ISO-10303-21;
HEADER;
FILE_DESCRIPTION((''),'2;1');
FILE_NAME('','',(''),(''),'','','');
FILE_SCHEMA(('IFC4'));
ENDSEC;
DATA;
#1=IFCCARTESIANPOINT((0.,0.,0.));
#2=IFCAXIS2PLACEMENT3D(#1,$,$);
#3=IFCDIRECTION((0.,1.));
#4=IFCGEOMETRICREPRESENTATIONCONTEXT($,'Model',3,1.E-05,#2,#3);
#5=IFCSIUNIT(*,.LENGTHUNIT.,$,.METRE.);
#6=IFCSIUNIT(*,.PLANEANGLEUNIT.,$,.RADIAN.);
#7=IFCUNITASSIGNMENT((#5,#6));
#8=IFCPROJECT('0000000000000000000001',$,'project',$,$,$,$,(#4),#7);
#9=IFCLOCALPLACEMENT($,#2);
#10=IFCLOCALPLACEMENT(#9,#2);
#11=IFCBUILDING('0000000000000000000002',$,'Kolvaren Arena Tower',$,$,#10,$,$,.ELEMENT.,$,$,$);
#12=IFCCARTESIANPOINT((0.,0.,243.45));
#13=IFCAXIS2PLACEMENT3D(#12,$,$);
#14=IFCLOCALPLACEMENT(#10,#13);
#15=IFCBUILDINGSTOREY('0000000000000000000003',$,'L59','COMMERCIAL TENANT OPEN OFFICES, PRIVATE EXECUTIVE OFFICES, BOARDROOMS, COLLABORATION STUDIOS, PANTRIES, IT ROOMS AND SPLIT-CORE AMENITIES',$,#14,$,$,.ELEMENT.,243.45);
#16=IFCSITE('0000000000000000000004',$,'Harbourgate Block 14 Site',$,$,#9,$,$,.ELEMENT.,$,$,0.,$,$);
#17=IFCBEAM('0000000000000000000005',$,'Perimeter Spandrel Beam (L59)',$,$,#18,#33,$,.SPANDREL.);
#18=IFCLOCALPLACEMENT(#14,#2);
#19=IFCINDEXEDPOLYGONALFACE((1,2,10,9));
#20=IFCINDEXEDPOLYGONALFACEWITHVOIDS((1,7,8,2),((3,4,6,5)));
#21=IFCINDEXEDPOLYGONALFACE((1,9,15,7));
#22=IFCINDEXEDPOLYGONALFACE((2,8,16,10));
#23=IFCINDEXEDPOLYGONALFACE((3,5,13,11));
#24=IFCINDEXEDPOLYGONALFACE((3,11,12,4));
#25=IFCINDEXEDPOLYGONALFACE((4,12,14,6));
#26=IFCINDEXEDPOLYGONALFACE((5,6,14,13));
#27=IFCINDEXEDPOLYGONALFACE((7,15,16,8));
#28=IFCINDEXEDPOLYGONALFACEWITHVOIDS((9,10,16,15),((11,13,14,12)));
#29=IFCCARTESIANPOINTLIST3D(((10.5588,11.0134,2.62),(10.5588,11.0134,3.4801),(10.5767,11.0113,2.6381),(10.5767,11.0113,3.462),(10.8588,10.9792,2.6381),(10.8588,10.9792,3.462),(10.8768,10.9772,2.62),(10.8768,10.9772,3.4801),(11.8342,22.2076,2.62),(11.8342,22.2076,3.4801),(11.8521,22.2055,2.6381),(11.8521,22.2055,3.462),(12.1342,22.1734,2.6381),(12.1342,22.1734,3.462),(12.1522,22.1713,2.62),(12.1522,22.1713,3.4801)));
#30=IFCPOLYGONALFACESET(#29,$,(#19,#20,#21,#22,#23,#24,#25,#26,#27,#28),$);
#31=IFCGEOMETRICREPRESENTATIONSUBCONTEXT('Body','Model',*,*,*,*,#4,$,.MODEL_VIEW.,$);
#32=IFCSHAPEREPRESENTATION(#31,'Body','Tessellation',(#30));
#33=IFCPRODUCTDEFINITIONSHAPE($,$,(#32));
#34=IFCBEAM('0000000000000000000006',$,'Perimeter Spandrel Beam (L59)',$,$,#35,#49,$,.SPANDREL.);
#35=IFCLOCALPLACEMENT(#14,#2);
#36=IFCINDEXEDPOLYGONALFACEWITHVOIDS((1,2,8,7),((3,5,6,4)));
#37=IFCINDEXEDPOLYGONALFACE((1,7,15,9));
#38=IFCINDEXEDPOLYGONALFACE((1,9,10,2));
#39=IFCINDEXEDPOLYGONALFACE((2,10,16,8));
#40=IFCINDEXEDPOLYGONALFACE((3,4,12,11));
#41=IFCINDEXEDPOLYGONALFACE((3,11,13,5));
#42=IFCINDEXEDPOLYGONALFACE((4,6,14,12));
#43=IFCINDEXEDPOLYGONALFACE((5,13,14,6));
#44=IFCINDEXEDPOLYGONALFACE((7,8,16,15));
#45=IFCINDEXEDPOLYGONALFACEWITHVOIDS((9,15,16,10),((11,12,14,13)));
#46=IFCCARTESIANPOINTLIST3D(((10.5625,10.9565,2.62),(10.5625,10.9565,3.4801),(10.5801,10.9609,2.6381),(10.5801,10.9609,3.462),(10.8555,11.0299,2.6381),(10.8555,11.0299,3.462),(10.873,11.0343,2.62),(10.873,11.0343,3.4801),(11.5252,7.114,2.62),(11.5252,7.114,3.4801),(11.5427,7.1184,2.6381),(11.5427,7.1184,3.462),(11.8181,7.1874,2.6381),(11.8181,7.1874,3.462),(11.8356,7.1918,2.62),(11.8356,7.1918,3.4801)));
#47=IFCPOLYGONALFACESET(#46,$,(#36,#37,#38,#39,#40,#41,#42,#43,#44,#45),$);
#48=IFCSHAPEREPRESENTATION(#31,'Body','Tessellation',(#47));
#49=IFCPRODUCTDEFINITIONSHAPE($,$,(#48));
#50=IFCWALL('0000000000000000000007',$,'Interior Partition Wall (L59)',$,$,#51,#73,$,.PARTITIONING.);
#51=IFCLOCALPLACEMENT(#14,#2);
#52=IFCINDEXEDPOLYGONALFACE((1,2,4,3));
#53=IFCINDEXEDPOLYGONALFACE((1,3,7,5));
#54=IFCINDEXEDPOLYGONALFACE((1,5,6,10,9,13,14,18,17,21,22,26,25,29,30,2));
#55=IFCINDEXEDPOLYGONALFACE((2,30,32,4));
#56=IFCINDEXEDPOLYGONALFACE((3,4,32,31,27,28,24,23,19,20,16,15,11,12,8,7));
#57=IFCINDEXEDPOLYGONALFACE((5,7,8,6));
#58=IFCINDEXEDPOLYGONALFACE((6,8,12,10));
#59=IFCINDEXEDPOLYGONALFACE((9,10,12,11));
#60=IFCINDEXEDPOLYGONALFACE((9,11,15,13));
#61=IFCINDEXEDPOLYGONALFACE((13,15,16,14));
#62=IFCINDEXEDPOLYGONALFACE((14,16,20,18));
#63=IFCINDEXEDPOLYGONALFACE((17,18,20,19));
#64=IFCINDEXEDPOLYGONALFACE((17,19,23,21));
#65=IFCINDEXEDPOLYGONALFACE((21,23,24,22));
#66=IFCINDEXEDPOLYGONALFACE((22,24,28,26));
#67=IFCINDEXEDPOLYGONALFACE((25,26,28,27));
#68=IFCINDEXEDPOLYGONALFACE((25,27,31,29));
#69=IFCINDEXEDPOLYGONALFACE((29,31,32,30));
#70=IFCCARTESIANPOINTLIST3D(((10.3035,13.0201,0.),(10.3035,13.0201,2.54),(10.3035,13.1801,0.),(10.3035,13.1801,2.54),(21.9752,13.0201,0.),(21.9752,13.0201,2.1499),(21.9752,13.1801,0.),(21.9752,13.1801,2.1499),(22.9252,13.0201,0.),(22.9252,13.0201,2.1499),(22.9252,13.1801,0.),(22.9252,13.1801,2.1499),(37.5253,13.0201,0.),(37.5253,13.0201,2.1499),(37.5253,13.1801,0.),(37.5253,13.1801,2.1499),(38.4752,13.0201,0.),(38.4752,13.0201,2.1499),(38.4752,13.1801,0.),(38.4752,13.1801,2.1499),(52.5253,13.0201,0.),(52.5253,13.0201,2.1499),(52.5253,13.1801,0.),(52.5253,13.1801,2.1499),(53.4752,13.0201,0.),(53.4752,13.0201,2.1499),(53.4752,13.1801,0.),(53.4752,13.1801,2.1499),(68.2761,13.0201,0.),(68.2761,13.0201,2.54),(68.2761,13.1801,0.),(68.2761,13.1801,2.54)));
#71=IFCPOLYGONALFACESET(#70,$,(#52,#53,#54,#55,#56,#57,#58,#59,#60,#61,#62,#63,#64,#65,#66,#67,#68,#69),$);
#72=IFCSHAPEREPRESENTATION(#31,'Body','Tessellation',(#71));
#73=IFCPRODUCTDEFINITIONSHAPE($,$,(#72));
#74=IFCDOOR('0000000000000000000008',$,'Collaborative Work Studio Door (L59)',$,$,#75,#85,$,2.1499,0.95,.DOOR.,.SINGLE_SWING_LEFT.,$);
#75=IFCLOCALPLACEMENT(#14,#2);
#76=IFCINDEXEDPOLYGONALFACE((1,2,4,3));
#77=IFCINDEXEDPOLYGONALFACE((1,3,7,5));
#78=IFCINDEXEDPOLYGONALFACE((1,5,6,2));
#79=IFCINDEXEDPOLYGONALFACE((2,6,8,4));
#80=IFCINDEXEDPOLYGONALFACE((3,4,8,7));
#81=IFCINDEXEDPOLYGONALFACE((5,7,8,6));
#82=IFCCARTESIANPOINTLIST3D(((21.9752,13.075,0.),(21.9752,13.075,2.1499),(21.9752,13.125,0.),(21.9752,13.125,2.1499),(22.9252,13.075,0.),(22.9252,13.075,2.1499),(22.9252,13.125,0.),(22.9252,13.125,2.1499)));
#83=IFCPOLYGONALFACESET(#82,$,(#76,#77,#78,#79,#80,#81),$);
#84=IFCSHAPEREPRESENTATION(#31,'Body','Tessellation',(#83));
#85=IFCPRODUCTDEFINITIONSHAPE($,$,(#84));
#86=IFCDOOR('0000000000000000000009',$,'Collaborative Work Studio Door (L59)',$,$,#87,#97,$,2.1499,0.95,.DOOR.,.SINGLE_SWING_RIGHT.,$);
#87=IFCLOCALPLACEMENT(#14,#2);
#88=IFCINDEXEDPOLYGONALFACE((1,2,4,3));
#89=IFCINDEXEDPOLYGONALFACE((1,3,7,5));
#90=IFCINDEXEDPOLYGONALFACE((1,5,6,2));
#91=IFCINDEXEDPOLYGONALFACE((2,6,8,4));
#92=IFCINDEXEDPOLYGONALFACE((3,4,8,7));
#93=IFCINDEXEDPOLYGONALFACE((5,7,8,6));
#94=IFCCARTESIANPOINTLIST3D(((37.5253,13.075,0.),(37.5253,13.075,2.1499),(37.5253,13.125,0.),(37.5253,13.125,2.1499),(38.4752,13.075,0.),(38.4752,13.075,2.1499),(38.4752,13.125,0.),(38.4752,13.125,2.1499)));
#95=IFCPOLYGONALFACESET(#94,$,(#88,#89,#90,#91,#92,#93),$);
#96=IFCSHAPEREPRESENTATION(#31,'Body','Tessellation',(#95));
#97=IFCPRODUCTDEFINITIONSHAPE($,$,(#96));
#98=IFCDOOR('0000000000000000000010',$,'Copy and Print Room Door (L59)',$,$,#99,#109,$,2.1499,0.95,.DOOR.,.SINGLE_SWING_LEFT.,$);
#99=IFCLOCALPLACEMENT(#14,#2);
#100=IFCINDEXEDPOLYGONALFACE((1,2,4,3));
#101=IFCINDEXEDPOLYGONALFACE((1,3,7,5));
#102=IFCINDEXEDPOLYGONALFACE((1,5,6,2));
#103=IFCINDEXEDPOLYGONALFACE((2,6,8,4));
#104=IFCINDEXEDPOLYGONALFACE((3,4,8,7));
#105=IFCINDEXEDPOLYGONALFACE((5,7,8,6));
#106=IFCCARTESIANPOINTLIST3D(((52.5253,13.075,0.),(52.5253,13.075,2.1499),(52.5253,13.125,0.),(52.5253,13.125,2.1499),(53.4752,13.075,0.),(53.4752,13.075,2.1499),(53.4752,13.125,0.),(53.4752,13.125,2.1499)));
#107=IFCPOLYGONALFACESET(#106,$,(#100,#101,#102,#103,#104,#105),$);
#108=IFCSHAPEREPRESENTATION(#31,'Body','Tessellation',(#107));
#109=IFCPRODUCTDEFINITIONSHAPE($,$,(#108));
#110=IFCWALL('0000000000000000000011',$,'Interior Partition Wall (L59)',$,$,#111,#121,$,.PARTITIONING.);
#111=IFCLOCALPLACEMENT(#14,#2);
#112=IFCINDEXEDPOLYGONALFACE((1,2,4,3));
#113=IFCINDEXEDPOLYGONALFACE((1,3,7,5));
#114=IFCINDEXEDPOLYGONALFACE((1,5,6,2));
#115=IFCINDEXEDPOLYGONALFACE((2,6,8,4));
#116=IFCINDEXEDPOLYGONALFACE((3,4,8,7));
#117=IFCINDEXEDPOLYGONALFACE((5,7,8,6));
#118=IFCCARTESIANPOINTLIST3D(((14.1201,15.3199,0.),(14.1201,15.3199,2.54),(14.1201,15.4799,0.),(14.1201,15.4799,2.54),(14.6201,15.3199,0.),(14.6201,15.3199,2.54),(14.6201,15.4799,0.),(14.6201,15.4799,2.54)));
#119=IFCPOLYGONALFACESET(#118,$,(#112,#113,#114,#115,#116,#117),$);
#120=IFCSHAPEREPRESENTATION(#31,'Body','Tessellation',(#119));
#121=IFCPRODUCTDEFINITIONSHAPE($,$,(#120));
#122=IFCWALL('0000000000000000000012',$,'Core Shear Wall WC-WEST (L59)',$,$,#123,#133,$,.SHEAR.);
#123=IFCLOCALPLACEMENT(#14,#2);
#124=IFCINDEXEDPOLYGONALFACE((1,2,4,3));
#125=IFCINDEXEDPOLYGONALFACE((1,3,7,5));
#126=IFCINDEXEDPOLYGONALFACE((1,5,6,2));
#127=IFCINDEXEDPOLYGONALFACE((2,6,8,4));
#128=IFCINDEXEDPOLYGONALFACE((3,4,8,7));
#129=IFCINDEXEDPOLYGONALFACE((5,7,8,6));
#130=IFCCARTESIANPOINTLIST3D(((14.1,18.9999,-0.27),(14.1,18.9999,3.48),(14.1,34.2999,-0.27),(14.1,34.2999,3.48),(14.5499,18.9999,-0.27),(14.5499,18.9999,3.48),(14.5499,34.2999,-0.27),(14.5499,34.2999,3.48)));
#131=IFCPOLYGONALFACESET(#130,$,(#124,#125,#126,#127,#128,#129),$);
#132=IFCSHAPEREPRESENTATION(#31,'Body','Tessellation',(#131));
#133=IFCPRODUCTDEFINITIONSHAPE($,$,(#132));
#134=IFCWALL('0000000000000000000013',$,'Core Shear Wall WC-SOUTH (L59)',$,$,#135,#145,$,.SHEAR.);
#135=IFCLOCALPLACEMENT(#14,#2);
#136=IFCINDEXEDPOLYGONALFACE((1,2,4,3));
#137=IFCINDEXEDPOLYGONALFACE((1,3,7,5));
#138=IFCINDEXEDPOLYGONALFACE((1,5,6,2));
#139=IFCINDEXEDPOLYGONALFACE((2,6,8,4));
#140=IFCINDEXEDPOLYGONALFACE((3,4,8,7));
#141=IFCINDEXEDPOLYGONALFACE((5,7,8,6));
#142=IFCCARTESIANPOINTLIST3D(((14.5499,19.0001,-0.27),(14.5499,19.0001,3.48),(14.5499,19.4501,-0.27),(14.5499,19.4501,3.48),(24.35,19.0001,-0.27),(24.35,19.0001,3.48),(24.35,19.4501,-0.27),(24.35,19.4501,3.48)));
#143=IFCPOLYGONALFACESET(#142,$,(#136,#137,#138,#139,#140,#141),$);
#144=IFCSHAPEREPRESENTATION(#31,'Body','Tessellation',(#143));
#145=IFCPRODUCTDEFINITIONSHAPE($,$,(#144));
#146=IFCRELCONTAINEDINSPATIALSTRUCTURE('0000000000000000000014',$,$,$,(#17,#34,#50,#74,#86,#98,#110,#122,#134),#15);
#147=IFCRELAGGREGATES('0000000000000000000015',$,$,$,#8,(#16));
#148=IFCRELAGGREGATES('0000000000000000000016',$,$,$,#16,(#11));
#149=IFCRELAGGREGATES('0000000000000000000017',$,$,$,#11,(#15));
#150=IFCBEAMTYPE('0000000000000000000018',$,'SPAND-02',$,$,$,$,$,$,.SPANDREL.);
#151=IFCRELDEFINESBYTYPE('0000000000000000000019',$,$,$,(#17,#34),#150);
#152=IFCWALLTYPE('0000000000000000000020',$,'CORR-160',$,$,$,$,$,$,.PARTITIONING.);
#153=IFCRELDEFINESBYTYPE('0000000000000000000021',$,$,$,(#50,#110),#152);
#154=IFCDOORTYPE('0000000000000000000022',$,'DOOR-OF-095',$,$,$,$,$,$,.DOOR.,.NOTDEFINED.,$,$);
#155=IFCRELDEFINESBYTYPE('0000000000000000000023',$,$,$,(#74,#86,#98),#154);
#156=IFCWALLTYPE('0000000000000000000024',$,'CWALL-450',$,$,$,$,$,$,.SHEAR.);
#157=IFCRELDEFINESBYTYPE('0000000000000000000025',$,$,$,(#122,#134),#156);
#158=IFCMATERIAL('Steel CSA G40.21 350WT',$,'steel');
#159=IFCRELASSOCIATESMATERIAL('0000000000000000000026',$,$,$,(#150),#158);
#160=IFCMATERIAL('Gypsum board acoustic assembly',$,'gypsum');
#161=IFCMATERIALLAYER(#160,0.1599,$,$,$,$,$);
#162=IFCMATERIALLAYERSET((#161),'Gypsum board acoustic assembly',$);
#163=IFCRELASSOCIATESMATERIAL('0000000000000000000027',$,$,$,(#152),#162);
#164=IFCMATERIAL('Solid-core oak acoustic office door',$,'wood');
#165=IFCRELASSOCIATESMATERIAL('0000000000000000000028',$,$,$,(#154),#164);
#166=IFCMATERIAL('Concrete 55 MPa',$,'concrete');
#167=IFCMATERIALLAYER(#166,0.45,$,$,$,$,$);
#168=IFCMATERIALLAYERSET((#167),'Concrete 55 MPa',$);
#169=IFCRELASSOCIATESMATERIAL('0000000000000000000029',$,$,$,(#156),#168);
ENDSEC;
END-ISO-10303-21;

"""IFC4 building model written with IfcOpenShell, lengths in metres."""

from ifc_helpers import new_model, si_unit, direction, frame, frame_2d, origin, origin_2d, place, context, subcontext, project, spatial, rectangle, hollow_rectangle, extrude, material, layer, layer_set, material_profile, profile_set, type_object, element, fill, save


model = new_model("IFC4")

# Units and contexts
model_context = context("Model", 3, precision=1e-05, world=origin(), true_north=direction((0.0, 1.0)))
body_context = subcontext(model_context, "Body", "Model", "MODEL_VIEW")
ifc_project = project(units=[si_unit("LENGTHUNIT", "METRE"), si_unit("PLANEANGLEUNIT", "RADIAN")], contexts=[model_context])

# Site, building, storey
site_placement = place(None, origin())
site = spatial("IfcSite", under=ifc_project, at=site_placement, Name="Harbourgate Block 14 Site", CompositionType="ELEMENT", RefElevation=0.0)
building_placement = place(site_placement, origin())
building = spatial("IfcBuilding", under=site, at=building_placement, Name="Kolvaren Arena Tower", CompositionType="ELEMENT")
storey_placement = place(building_placement, frame((0.0, 0.0, 243.45)))
storey = spatial("IfcBuildingStorey", under=building, at=storey_placement, Name="L59", Description="COMMERCIAL TENANT OPEN OFFICES, PRIVATE EXECUTIVE OFFICES, BOARDROOMS, COLLABORATION STUDIOS, PANTRIES, IT ROOMS AND SPLIT-CORE AMENITIES", CompositionType="ELEMENT", Elevation=243.45)

# Beams
ifc_material_1 = material(Name="Steel CSA G40.21 350WT", Category="steel")
ifc_material_profile_1 = material_profile(ifc_material_1, hollow_rectangle(XDim=0.3201, YDim=0.8601, WallThickness=0.0181, at=origin_2d()), Name="HSS 860x320x18")
ifc_profile_set_1 = profile_set([ifc_material_profile_1], Name="Steel CSA G40.21 350WT")
beam_type_1 = type_object("IfcBeamType", Name="SPAND-02", PredefinedType="SPANDREL", material=ifc_profile_set_1)
beam_1_placement = place(storey_placement, frame((11.9932, 22.1895, 3.05), z_axis=(-0.113202, -0.993572, 0.0), x_axis=(0.993572, -0.113202, 0.0)))
element("IfcBeam", 1, at=beam_1_placement, inside=storey, type_object=beam_type_1, Name="Perimeter Spandrel Beam (L59)", PredefinedType="SPANDREL", context=body_context, shape_type="SweptSolid", body=[
    extrude(hollow_rectangle(XDim=0.3201, YDim=0.8601, WallThickness=0.0181, at=origin_2d()), origin(), (0.0, 0.0, 1.0), 11.2666),
])
beam_2_placement = place(storey_placement, frame((10.7178, 10.9954, 3.05), z_axis=(0.243014, -0.970023, 0.0), x_axis=(0.970023, 0.243014, 0.0)))
element("IfcBeam", 2, at=beam_2_placement, inside=storey, type_object=beam_type_1, Name="Perimeter Spandrel Beam (L59)", PredefinedType="SPANDREL", context=body_context, shape_type="SweptSolid", body=[
    extrude(hollow_rectangle(XDim=0.3201, YDim=0.8601, WallThickness=0.0181, at=origin_2d()), origin(), (0.0, 0.0, 1.0), 3.9612),
])

# Wall, openings, doors
ifc_material_2 = material(Name="Gypsum board acoustic assembly", Category="gypsum")
ifc_layer_1 = layer(ifc_material_2, 0.1599)
ifc_layer_set_1 = layer_set([ifc_layer_1], Name="Gypsum board acoustic assembly")
wall_type_1 = type_object("IfcWallType", Name="CORR-160", PredefinedType="PARTITIONING", material=ifc_layer_set_1)
wall_1_placement = place(storey_placement, frame((10.3035, 13.1001, 0.0), z_axis=(0.0, 0.0, 1.0), x_axis=(1.0, 0.0, 0.0)))
wall_1 = element("IfcWall", 3, at=wall_1_placement, inside=storey, type_object=wall_type_1, Name="Interior Partition Wall (L59)", PredefinedType="PARTITIONING", context=body_context, shape_type="SweptSolid", body=[
    extrude(rectangle(XDim=57.9727, YDim=0.1599, at=frame_2d((28.9863, 0.0))), origin(), (0.0, 0.0, 1.0), 2.54),
])
opening_1_placement = place(wall_1_placement, frame((11.6716, 0.0, 0.0)))
opening_1 = element("IfcOpeningElement", 4, at=opening_1_placement, cuts=wall_1, PredefinedType="OPENING", context=body_context, shape_type="SweptSolid", body=[
    extrude(rectangle(XDim=0.95, YDim=2.1499, at=frame_2d((0.4751, 1.075))), frame((0.0, 0.0898, 0.0), z_axis=(0.0, -1.0, 0.0), x_axis=(1.0, 0.0, 0.0)), (0.0, 0.0, 1.0), 0.1799),
])
opening_2_placement = place(wall_1_placement, frame((27.2217, 0.0, 0.0)))
opening_2 = element("IfcOpeningElement", 5, at=opening_2_placement, cuts=wall_1, PredefinedType="OPENING", context=body_context, shape_type="SweptSolid", body=[
    extrude(rectangle(XDim=0.95, YDim=2.1499, at=frame_2d((0.4751, 1.075))), frame((0.0, 0.0898, 0.0), z_axis=(0.0, -1.0, 0.0), x_axis=(1.0, 0.0, 0.0)), (0.0, 0.0, 1.0), 0.1799),
])
opening_3_placement = place(wall_1_placement, frame((42.2217, 0.0, 0.0)))
opening_3 = element("IfcOpeningElement", 6, at=opening_3_placement, cuts=wall_1, PredefinedType="OPENING", context=body_context, shape_type="SweptSolid", body=[
    extrude(rectangle(XDim=0.95, YDim=2.1499, at=frame_2d((0.4751, 1.075))), frame((0.0, 0.0898, 0.0), z_axis=(0.0, -1.0, 0.0), x_axis=(1.0, 0.0, 0.0)), (0.0, 0.0, 1.0), 0.1799),
])
ifc_material_3 = material(Name="Solid-core oak acoustic office door", Category="wood")
door_type_1 = type_object("IfcDoorType", Name="DOOR-OF-095", OperationType="NOTDEFINED", PredefinedType="DOOR", material=ifc_material_3)
door_1_placement = place(opening_1_placement, origin())
door_1 = element("IfcDoor", 7, at=door_1_placement, inside=storey, type_object=door_type_1, Name="Collaborative Work Studio Door (L59)", OperationType="SINGLE_SWING_LEFT", OverallHeight=2.1499, OverallWidth=0.95, PredefinedType="DOOR", context=body_context, shape_type="SweptSolid", body=[
    extrude(rectangle(XDim=0.95, YDim=2.1499, at=frame_2d((0.4751, 1.075))), frame((0.0, 0.0249, 0.0), z_axis=(0.0, -1.0, 0.0), x_axis=(1.0, 0.0, 0.0)), (0.0, 0.0, 1.0), 0.05),
])
fill(opening_1, door_1)
door_2_placement = place(opening_2_placement, origin())
door_2 = element("IfcDoor", 8, at=door_2_placement, inside=storey, type_object=door_type_1, Name="Collaborative Work Studio Door (L59)", OperationType="SINGLE_SWING_RIGHT", OverallHeight=2.1499, OverallWidth=0.95, PredefinedType="DOOR", context=body_context, shape_type="SweptSolid", body=[
    extrude(rectangle(XDim=0.95, YDim=2.1499, at=frame_2d((0.4751, 1.075))), frame((0.0, 0.0249, 0.0), z_axis=(0.0, -1.0, 0.0), x_axis=(1.0, 0.0, 0.0)), (0.0, 0.0, 1.0), 0.05),
])
fill(opening_2, door_2)
door_3_placement = place(opening_3_placement, origin())
door_3 = element("IfcDoor", 9, at=door_3_placement, inside=storey, type_object=door_type_1, Name="Copy and Print Room Door (L59)", OperationType="SINGLE_SWING_LEFT", OverallHeight=2.1499, OverallWidth=0.95, PredefinedType="DOOR", context=body_context, shape_type="SweptSolid", body=[
    extrude(rectangle(XDim=0.95, YDim=2.1499, at=frame_2d((0.4751, 1.075))), frame((0.0, 0.0249, 0.0), z_axis=(0.0, -1.0, 0.0), x_axis=(1.0, 0.0, 0.0)), (0.0, 0.0, 1.0), 0.05),
])
fill(opening_3, door_3)

# Walls
wall_2_placement = place(storey_placement, frame((14.1201, 15.3999, 0.0), z_axis=(0.0, 0.0, 1.0), x_axis=(1.0, 0.0, 0.0)))
element("IfcWall", 10, at=wall_2_placement, inside=storey, type_object=wall_type_1, Name="Interior Partition Wall (L59)", PredefinedType="PARTITIONING", context=body_context, shape_type="SweptSolid", body=[
    extrude(rectangle(XDim=0.5, YDim=0.1599, at=frame_2d((0.25, 0.0))), origin(), (0.0, 0.0, 1.0), 2.54),
])
ifc_material_4 = material(Name="Concrete 55 MPa", Category="concrete")
ifc_layer_2 = layer(ifc_material_4, 0.45)
ifc_layer_set_2 = layer_set([ifc_layer_2], Name="Concrete 55 MPa")
wall_type_2 = type_object("IfcWallType", Name="CWALL-450", PredefinedType="SHEAR", material=ifc_layer_set_2)
wall_3_placement = place(storey_placement, frame((14.325, 19.0, -0.27), z_axis=(0.0, 0.0, 1.0), x_axis=(0.0, 1.0, 0.0)))
element("IfcWall", 11, at=wall_3_placement, inside=storey, type_object=wall_type_2, Name="Core Shear Wall WC-WEST (L59)", PredefinedType="SHEAR", context=body_context, shape_type="SweptSolid", body=[
    extrude(rectangle(XDim=15.3, YDim=0.45, at=frame_2d((7.6499, 0.0))), origin(), (0.0, 0.0, 1.0), 3.75),
])
wall_4_placement = place(storey_placement, frame((14.55, 19.2251, -0.27), z_axis=(0.0, 0.0, 1.0), x_axis=(1.0, 0.0, 0.0)))
element("IfcWall", 12, at=wall_4_placement, inside=storey, type_object=wall_type_2, Name="Core Shear Wall WC-SOUTH (L59)", PredefinedType="SHEAR", context=body_context, shape_type="SweptSolid", body=[
    extrude(rectangle(XDim=9.8, YDim=0.45, at=frame_2d((4.8999, 0.0))), origin(), (0.0, 0.0, 1.0), 3.75),
])

save(model, "model.ifc")
